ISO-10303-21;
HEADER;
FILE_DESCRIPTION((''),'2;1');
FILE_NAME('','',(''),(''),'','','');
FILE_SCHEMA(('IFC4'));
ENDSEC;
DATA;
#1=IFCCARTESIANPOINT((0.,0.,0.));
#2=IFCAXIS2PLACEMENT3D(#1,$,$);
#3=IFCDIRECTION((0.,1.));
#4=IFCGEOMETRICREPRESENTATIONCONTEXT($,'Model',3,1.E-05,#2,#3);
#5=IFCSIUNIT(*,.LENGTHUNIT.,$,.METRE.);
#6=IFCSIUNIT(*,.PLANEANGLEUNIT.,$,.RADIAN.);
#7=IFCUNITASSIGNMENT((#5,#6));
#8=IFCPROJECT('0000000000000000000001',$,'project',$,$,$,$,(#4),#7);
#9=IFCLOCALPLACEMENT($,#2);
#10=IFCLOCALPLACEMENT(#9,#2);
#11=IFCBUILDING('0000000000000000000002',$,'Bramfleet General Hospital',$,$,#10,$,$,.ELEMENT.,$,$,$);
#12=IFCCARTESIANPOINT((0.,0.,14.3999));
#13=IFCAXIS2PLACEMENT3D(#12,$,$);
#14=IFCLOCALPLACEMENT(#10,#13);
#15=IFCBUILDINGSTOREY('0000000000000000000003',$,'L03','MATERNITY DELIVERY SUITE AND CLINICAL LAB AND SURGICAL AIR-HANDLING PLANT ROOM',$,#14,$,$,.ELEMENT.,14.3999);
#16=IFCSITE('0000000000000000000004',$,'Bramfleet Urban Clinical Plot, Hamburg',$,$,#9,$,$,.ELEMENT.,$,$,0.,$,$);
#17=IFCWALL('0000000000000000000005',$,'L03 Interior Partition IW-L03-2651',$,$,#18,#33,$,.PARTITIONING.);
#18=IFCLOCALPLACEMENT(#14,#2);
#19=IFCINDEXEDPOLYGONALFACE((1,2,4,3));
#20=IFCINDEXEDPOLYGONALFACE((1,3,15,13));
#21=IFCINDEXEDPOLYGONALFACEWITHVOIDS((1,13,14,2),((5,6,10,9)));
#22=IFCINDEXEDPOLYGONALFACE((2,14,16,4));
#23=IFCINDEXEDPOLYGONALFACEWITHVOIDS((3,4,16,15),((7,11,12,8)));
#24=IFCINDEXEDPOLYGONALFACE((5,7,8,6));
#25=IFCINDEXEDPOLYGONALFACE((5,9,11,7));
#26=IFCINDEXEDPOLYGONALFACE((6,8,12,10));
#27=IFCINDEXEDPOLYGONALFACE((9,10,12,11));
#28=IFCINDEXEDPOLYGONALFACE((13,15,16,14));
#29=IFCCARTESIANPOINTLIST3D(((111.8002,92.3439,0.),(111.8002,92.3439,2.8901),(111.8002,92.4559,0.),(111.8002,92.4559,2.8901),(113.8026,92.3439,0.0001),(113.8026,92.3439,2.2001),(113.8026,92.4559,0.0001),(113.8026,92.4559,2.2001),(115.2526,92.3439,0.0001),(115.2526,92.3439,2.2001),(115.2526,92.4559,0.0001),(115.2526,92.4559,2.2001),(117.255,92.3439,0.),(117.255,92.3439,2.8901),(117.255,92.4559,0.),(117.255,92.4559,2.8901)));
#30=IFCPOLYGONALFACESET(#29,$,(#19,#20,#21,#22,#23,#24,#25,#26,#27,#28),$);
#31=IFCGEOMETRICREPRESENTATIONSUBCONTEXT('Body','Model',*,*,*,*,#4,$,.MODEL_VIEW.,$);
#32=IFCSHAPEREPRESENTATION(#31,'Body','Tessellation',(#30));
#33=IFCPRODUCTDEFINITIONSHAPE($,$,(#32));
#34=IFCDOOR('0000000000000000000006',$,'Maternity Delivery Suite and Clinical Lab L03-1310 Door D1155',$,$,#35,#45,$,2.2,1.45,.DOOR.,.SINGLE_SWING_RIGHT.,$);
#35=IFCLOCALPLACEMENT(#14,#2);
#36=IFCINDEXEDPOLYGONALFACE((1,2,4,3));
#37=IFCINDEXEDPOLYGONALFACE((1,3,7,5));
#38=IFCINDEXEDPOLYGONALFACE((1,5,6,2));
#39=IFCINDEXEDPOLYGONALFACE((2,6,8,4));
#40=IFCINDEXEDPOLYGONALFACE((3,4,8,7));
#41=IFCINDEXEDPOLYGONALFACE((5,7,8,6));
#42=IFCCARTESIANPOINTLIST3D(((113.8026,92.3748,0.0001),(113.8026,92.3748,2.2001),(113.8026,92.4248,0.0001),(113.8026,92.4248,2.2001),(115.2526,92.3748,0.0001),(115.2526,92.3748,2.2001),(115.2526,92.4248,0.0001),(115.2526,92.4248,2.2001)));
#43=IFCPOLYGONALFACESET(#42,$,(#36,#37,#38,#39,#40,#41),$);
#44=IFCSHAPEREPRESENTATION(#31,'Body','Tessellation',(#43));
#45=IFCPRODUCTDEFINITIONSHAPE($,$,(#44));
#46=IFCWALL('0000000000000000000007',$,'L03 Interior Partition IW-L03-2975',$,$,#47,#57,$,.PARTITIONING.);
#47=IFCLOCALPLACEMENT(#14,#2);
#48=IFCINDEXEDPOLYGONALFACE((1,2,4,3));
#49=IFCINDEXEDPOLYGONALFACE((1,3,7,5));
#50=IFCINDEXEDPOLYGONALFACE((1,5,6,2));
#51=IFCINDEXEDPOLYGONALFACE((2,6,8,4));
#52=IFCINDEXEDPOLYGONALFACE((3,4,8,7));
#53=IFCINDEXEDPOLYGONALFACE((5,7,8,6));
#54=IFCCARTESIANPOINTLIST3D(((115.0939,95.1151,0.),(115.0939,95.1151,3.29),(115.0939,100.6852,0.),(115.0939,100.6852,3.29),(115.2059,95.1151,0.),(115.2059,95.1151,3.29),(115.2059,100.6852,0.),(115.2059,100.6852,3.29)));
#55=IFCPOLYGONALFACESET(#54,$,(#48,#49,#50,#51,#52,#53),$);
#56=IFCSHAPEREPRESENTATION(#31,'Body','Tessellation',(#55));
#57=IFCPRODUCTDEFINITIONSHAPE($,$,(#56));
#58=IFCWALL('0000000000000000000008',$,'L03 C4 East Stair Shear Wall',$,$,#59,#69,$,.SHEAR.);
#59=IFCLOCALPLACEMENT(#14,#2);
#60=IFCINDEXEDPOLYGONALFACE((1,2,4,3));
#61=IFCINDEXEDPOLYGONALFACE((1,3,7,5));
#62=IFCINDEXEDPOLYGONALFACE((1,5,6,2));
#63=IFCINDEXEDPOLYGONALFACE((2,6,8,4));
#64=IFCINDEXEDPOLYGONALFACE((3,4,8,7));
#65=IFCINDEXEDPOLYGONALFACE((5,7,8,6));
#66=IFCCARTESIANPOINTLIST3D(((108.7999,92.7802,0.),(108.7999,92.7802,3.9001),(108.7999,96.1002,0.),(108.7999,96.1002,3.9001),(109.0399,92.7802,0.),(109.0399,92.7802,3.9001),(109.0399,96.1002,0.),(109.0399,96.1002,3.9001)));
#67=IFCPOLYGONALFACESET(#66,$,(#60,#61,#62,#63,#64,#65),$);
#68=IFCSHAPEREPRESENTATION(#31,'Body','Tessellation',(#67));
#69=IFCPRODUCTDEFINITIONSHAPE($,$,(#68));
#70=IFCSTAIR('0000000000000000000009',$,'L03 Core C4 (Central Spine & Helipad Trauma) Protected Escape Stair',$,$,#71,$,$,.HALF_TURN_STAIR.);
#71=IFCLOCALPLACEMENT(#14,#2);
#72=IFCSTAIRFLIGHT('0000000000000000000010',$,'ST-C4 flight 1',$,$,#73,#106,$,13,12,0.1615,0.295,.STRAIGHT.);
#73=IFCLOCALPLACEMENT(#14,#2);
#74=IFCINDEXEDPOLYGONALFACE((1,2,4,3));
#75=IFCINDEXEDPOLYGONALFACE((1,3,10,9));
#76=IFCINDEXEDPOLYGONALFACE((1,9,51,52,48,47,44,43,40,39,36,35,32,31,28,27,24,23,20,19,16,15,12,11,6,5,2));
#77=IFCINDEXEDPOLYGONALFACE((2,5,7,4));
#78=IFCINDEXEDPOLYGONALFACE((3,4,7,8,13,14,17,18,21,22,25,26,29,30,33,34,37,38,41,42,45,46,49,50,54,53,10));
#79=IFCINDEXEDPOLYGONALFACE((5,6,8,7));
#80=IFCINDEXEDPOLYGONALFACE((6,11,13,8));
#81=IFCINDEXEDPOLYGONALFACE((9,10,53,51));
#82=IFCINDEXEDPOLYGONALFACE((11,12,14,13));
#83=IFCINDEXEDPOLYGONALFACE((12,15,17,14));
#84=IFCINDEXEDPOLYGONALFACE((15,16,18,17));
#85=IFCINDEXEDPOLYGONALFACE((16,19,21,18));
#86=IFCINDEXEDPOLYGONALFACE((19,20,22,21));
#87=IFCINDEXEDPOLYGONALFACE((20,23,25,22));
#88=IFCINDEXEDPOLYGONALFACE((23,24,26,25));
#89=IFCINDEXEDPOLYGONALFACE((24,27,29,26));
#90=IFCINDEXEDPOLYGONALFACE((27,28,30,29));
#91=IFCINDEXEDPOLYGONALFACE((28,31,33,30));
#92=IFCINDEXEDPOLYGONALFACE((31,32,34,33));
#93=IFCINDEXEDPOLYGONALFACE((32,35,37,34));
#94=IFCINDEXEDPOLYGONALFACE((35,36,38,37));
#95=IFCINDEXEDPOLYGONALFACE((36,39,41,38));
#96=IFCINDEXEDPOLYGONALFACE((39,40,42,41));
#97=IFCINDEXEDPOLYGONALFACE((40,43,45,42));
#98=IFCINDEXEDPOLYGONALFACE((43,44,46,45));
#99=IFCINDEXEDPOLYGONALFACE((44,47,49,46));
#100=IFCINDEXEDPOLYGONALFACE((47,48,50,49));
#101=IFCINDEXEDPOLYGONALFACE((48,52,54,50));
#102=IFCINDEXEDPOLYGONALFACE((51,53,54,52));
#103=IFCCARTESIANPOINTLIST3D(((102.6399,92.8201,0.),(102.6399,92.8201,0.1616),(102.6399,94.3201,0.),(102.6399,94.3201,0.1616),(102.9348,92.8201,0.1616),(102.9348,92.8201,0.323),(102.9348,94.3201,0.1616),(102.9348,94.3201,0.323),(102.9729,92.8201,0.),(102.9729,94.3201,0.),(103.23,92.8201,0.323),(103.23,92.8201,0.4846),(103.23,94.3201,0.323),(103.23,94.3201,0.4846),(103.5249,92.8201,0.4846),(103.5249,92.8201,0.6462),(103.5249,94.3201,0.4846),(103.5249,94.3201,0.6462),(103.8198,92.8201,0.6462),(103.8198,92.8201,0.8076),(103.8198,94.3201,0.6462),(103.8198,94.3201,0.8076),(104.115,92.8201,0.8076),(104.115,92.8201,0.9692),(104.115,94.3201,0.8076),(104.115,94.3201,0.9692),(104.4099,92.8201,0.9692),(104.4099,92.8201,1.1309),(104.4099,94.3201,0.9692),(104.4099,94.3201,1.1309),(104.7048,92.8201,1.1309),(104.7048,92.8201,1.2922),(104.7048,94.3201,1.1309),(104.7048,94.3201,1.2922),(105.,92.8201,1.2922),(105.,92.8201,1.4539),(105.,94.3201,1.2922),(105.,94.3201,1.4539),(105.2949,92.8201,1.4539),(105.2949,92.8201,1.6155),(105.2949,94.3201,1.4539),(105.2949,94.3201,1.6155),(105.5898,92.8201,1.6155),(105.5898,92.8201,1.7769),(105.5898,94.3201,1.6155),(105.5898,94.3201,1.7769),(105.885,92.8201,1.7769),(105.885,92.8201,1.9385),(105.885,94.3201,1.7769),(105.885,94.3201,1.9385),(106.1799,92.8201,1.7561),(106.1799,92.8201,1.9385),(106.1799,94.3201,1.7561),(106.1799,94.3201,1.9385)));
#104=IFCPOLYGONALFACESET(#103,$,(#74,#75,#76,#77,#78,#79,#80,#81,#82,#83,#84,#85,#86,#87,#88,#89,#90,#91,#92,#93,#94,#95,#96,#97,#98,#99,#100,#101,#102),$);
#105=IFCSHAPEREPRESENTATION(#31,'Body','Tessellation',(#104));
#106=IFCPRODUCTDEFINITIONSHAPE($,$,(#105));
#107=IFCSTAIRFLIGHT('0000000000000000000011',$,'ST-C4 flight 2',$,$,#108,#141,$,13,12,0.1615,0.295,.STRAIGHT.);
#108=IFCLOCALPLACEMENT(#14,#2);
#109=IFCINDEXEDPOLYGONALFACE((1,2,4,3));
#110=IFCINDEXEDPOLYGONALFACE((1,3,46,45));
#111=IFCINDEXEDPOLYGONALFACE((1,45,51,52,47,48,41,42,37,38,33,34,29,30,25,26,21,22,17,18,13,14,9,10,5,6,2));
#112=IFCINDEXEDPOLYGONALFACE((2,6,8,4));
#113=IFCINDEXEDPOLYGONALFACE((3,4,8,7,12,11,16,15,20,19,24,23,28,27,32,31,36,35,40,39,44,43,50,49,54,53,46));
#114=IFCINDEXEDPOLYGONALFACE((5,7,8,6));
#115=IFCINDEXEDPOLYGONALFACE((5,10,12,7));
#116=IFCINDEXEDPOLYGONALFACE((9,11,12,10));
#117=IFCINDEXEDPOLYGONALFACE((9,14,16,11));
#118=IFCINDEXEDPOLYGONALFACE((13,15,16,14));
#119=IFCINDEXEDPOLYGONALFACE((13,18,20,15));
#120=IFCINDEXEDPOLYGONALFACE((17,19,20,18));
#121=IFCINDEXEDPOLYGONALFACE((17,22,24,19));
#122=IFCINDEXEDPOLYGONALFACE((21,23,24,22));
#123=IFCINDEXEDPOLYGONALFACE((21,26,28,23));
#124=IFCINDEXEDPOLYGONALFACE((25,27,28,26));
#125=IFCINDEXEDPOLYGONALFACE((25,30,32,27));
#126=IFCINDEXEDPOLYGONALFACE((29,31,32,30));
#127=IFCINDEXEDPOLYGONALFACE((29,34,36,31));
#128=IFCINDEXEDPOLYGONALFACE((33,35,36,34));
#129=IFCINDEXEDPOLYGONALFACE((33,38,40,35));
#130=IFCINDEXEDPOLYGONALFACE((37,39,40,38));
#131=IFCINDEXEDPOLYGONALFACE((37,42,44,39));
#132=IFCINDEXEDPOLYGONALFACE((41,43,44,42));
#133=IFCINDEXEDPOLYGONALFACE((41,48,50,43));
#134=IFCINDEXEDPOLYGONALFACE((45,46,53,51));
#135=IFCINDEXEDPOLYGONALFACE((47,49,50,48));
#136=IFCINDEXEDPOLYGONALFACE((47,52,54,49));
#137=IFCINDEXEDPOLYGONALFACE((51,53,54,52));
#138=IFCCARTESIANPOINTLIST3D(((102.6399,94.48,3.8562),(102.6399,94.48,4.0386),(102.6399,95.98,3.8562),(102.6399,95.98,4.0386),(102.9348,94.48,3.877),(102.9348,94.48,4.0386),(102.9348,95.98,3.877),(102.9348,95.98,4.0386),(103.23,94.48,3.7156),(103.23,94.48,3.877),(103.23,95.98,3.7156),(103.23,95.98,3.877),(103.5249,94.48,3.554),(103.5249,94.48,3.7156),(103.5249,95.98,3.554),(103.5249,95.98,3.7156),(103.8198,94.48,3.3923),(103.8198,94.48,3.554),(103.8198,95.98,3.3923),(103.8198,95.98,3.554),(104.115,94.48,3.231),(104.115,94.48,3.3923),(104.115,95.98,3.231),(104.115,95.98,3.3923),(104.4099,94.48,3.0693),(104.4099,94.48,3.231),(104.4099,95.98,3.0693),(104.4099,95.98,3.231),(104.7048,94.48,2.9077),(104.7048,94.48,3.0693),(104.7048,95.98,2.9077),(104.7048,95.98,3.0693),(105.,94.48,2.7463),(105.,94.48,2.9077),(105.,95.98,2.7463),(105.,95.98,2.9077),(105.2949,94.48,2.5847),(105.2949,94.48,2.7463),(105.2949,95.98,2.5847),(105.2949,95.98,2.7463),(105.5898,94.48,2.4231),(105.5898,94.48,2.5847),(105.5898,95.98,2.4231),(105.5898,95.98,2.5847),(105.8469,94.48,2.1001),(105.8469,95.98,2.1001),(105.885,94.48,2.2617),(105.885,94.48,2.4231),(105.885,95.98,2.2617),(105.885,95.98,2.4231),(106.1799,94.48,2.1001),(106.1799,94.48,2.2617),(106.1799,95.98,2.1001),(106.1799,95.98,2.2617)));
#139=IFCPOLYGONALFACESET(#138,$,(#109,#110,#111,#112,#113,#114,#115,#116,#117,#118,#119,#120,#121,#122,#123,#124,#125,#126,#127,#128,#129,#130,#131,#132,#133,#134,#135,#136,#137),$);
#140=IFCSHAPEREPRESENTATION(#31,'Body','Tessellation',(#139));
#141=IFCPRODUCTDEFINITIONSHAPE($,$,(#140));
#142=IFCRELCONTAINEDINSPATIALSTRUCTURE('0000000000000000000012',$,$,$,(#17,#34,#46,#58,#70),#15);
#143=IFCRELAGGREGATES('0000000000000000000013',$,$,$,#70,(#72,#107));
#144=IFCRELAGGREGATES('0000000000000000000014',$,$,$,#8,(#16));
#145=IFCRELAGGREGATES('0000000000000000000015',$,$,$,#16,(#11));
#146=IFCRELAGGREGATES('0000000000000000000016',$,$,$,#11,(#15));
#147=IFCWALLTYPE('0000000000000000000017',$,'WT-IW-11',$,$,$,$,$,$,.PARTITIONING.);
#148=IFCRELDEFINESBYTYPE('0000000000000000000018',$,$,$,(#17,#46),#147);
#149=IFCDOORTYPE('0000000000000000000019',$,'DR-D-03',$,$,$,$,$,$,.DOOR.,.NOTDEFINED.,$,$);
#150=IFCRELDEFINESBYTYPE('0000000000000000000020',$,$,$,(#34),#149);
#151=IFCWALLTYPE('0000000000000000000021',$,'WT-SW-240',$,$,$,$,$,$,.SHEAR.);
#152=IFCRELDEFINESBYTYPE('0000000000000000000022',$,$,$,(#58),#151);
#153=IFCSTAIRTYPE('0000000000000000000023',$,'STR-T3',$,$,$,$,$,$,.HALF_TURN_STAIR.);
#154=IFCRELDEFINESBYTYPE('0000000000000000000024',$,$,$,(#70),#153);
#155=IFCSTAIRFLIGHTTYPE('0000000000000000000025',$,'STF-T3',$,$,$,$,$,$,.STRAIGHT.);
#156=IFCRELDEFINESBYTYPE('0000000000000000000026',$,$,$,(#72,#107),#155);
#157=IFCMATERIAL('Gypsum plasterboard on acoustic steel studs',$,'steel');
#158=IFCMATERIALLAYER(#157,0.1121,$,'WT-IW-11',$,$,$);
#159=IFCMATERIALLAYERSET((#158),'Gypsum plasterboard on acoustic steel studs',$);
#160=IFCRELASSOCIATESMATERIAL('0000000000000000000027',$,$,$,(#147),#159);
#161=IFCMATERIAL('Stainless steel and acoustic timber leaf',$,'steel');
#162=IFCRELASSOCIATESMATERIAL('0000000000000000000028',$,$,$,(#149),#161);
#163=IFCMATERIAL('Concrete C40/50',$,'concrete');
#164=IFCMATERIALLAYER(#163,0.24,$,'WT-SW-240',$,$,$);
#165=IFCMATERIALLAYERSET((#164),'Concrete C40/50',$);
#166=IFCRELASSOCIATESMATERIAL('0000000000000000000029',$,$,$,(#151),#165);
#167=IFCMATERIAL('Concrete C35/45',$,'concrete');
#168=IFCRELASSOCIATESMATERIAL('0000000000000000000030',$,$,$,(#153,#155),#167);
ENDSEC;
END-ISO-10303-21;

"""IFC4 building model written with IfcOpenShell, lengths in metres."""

from ifc_helpers import new_model, si_unit, direction, frame, frame_2d, origin, place, context, subcontext, project, spatial, polyline, rectangle, outline, extrude, material, layer, layer_set, type_object, element, fill, aggregate, save


model = new_model("IFC4")

# Units and contexts
model_context = context("Model", 3, precision=1e-05, world=origin(), true_north=direction((0.0, 1.0)))
body_context = subcontext(model_context, "Body", "Model", "MODEL_VIEW")
ifc_project = project(units=[si_unit("LENGTHUNIT", "METRE"), si_unit("PLANEANGLEUNIT", "RADIAN")], contexts=[model_context])

# Site, building, storey
site_placement = place(None, origin())
site = spatial("IfcSite", under=ifc_project, at=site_placement, Name="Bramfleet Urban Clinical Plot, Hamburg", CompositionType="ELEMENT", RefElevation=0.0)
building_placement = place(site_placement, origin())
building = spatial("IfcBuilding", under=site, at=building_placement, Name="Bramfleet General Hospital", CompositionType="ELEMENT")
storey_placement = place(building_placement, frame((0.0, 0.0, 14.3999)))
storey = spatial("IfcBuildingStorey", under=building, at=storey_placement, Name="L03", Description="MATERNITY DELIVERY SUITE AND CLINICAL LAB AND SURGICAL AIR-HANDLING PLANT ROOM", CompositionType="ELEMENT", Elevation=14.3999)

# Shared definitions
ifc_material_1 = material(Name="Concrete C40/50", Category="concrete")

# Shared definitions
ifc_material_2 = material(Name="Concrete C35/45", Category="concrete")

# Shared definitions
ifc_material_3 = material(Name="Gypsum plasterboard on acoustic steel studs", Category="steel")

# Wall, opening, door
ifc_material_4 = material(Name="Stainless steel and acoustic timber leaf", Category="steel")
ifc_layer_1 = layer(ifc_material_3, 0.1121, Name="WT-IW-11")
ifc_layer_set_1 = layer_set([ifc_layer_1], Name="Gypsum plasterboard on acoustic steel studs")
wall_type_1 = type_object("IfcWallType", Name="WT-IW-11", PredefinedType="PARTITIONING", material=ifc_layer_set_1)
wall_1_placement = place(storey_placement, frame((111.8, 92.3999, 0.0), z_axis=(0.0, 0.0, 1.0), x_axis=(1.0, 0.0, 0.0)))
wall_1 = element("IfcWall", 1, at=wall_1_placement, inside=storey, type_object=wall_type_1, Name="L03 Interior Partition IW-L03-2651", PredefinedType="PARTITIONING", context=body_context, shape_type="SweptSolid", body=[
    extrude(rectangle(XDim=5.4548, YDim=0.1121, at=frame_2d((2.7275, 0.0))), origin(), (0.0, 0.0, 1.0), 2.8901),
])
opening_1_placement = place(wall_1_placement, frame((2.0024, 0.0, 0.0)))
opening_1 = element("IfcOpeningElement", 2, at=opening_1_placement, cuts=wall_1, PredefinedType="OPENING", context=body_context, shape_type="SweptSolid", body=[
    extrude(rectangle(XDim=1.45, YDim=2.2, at=frame_2d((0.7251, 1.1001))), frame((0.0, 0.0659, 0.0), z_axis=(0.0, -1.0, 0.0), x_axis=(1.0, 0.0, 0.0)), (0.0, 0.0, 1.0), 0.1321),
])
door_type_1 = type_object("IfcDoorType", Name="DR-D-03", OperationType="NOTDEFINED", PredefinedType="DOOR", material=ifc_material_4)
door_1_placement = place(opening_1_placement, origin())
door_1 = element("IfcDoor", 3, at=door_1_placement, inside=storey, type_object=door_type_1, Name="Maternity Delivery Suite and Clinical Lab L03-1310 Door D1155", OperationType="SINGLE_SWING_RIGHT", OverallHeight=2.2, OverallWidth=1.45, PredefinedType="DOOR", context=body_context, shape_type="SweptSolid", body=[
    extrude(rectangle(XDim=1.45, YDim=2.2, at=frame_2d((0.7251, 1.1001))), frame((0.0, 0.0249, 0.0), z_axis=(0.0, -1.0, 0.0), x_axis=(1.0, 0.0, 0.0)), (0.0, 0.0, 1.0), 0.05),
])
fill(opening_1, door_1)

# Walls
wall_2_placement = place(storey_placement, frame((115.1499, 95.115, 0.0), z_axis=(0.0, 0.0, 1.0), x_axis=(0.0, 1.0, 0.0)))
element("IfcWall", 4, at=wall_2_placement, inside=storey, type_object=wall_type_1, Name="L03 Interior Partition IW-L03-2975", PredefinedType="PARTITIONING", context=body_context, shape_type="SweptSolid", body=[
    extrude(rectangle(XDim=5.5701, YDim=0.1121, at=frame_2d((2.7852, 0.0))), origin(), (0.0, 0.0, 1.0), 3.29),
])
ifc_layer_2 = layer(ifc_material_1, 0.24, Name="WT-SW-240")
ifc_layer_set_2 = layer_set([ifc_layer_2], Name="Concrete C40/50")
wall_type_2 = type_object("IfcWallType", Name="WT-SW-240", PredefinedType="SHEAR", material=ifc_layer_set_2)
wall_3_placement = place(storey_placement, frame((108.9199, 92.78, 0.0), z_axis=(0.0, 0.0, 1.0), x_axis=(0.0, 1.0, 0.0)))
element("IfcWall", 5, at=wall_3_placement, inside=storey, type_object=wall_type_2, Name="L03 C4 East Stair Shear Wall", PredefinedType="SHEAR", context=body_context, shape_type="SweptSolid", body=[
    extrude(rectangle(XDim=3.3201, YDim=0.24, at=frame_2d((1.6602, 0.0))), origin(), (0.0, 0.0, 1.0), 3.9001),
])

# Stair, stair flights
stair_type = type_object("IfcStairType", Name="STR-T3", PredefinedType="HALF_TURN_STAIR", material=ifc_material_2)
stair_placement = place(storey_placement, origin())
stair = element("IfcStair", 6, at=stair_placement, inside=storey, type_object=stair_type, Name="L03 Core C4 (Central Spine & Helipad Trauma) Protected Escape Stair", PredefinedType="HALF_TURN_STAIR")
stair_flight_type = type_object("IfcStairFlightType", Name="STF-T3", PredefinedType="STRAIGHT", material=ifc_material_2)
stair_flight_1_placement = place(storey_placement, frame((102.6399, 93.5701, 0.0), z_axis=(0.0, 0.0, 1.0), x_axis=(1.0, 0.0, 0.0)))
stair_flight_1 = element("IfcStairFlight", 7, at=stair_flight_1_placement, type_object=stair_flight_type, Name="ST-C4 flight 1", NumberOfRisers=13, NumberOfTreads=12, PredefinedType="STRAIGHT", RiserHeight=0.1615, TreadLength=0.295, context=body_context, shape_type="SweptSolid", body=[
    extrude(outline(polyline([(0.0, 0.0), (0.0, 0.1616), (0.2949, 0.1616), (0.2949, 0.323), (0.5901, 0.323), (0.5901, 0.4846), (0.885, 0.4846), (0.885, 0.6462), (1.1799, 0.6462), (1.1799, 0.8076), (1.4751, 0.8076), (1.4751, 0.9692), (1.77, 0.9692), (1.77, 1.1309), (2.0649, 1.1309), (2.0649, 1.2922), (2.3601, 1.2922), (2.3601, 1.4539), (2.655, 1.4539), (2.655, 1.6155), (2.95, 1.6155), (2.95, 1.7769), (3.2451, 1.7769), (3.2451, 1.9385), (3.54, 1.9385), (3.54, 2.1001), (3.54, 1.7561), (0.333, 0.0), (0.0, 0.0)])), frame((0.0, 0.75, 0.0), z_axis=(0.0, -1.0, 0.0), x_axis=(1.0, 0.0, 0.0)), (0.0, 0.0, 1.0), 1.5),
])
stair_flight_2_placement = place(storey_placement, frame((106.1799, 95.23, 2.1001), z_axis=(0.0, 0.0, 1.0), x_axis=(-1.0, 0.0, 0.0)))
stair_flight_2 = element("IfcStairFlight", 8, at=stair_flight_2_placement, type_object=stair_flight_type, Name="ST-C4 flight 2", NumberOfRisers=13, NumberOfTreads=12, PredefinedType="STRAIGHT", RiserHeight=0.1615, TreadLength=0.295, context=body_context, shape_type="SweptSolid", body=[
    extrude(outline(polyline([(0.0, 0.0), (0.0, 0.1616), (0.2949, 0.1616), (0.2949, 0.323), (0.5901, 0.323), (0.5901, 0.4846), (0.885, 0.4846), (0.885, 0.6462), (1.1799, 0.6462), (1.1799, 0.8076), (1.4751, 0.8076), (1.4751, 0.9692), (1.77, 0.9692), (1.77, 1.1309), (2.0649, 1.1309), (2.0649, 1.2922), (2.3601, 1.2922), (2.3601, 1.4539), (2.655, 1.4539), (2.655, 1.6155), (2.95, 1.6155), (2.95, 1.7769), (3.2451, 1.7769), (3.2451, 1.9385), (3.54, 1.9385), (3.54, 2.1001), (3.54, 1.7561), (0.333, 0.0), (0.0, 0.0)])), frame((0.0, 0.75, 0.0), z_axis=(0.0, -1.0, 0.0), x_axis=(1.0, 0.0, 0.0)), (0.0, 0.0, 1.0), 1.5),
])
aggregate(stair, [stair_flight_1, stair_flight_2])

save(model, "model.ifc")
